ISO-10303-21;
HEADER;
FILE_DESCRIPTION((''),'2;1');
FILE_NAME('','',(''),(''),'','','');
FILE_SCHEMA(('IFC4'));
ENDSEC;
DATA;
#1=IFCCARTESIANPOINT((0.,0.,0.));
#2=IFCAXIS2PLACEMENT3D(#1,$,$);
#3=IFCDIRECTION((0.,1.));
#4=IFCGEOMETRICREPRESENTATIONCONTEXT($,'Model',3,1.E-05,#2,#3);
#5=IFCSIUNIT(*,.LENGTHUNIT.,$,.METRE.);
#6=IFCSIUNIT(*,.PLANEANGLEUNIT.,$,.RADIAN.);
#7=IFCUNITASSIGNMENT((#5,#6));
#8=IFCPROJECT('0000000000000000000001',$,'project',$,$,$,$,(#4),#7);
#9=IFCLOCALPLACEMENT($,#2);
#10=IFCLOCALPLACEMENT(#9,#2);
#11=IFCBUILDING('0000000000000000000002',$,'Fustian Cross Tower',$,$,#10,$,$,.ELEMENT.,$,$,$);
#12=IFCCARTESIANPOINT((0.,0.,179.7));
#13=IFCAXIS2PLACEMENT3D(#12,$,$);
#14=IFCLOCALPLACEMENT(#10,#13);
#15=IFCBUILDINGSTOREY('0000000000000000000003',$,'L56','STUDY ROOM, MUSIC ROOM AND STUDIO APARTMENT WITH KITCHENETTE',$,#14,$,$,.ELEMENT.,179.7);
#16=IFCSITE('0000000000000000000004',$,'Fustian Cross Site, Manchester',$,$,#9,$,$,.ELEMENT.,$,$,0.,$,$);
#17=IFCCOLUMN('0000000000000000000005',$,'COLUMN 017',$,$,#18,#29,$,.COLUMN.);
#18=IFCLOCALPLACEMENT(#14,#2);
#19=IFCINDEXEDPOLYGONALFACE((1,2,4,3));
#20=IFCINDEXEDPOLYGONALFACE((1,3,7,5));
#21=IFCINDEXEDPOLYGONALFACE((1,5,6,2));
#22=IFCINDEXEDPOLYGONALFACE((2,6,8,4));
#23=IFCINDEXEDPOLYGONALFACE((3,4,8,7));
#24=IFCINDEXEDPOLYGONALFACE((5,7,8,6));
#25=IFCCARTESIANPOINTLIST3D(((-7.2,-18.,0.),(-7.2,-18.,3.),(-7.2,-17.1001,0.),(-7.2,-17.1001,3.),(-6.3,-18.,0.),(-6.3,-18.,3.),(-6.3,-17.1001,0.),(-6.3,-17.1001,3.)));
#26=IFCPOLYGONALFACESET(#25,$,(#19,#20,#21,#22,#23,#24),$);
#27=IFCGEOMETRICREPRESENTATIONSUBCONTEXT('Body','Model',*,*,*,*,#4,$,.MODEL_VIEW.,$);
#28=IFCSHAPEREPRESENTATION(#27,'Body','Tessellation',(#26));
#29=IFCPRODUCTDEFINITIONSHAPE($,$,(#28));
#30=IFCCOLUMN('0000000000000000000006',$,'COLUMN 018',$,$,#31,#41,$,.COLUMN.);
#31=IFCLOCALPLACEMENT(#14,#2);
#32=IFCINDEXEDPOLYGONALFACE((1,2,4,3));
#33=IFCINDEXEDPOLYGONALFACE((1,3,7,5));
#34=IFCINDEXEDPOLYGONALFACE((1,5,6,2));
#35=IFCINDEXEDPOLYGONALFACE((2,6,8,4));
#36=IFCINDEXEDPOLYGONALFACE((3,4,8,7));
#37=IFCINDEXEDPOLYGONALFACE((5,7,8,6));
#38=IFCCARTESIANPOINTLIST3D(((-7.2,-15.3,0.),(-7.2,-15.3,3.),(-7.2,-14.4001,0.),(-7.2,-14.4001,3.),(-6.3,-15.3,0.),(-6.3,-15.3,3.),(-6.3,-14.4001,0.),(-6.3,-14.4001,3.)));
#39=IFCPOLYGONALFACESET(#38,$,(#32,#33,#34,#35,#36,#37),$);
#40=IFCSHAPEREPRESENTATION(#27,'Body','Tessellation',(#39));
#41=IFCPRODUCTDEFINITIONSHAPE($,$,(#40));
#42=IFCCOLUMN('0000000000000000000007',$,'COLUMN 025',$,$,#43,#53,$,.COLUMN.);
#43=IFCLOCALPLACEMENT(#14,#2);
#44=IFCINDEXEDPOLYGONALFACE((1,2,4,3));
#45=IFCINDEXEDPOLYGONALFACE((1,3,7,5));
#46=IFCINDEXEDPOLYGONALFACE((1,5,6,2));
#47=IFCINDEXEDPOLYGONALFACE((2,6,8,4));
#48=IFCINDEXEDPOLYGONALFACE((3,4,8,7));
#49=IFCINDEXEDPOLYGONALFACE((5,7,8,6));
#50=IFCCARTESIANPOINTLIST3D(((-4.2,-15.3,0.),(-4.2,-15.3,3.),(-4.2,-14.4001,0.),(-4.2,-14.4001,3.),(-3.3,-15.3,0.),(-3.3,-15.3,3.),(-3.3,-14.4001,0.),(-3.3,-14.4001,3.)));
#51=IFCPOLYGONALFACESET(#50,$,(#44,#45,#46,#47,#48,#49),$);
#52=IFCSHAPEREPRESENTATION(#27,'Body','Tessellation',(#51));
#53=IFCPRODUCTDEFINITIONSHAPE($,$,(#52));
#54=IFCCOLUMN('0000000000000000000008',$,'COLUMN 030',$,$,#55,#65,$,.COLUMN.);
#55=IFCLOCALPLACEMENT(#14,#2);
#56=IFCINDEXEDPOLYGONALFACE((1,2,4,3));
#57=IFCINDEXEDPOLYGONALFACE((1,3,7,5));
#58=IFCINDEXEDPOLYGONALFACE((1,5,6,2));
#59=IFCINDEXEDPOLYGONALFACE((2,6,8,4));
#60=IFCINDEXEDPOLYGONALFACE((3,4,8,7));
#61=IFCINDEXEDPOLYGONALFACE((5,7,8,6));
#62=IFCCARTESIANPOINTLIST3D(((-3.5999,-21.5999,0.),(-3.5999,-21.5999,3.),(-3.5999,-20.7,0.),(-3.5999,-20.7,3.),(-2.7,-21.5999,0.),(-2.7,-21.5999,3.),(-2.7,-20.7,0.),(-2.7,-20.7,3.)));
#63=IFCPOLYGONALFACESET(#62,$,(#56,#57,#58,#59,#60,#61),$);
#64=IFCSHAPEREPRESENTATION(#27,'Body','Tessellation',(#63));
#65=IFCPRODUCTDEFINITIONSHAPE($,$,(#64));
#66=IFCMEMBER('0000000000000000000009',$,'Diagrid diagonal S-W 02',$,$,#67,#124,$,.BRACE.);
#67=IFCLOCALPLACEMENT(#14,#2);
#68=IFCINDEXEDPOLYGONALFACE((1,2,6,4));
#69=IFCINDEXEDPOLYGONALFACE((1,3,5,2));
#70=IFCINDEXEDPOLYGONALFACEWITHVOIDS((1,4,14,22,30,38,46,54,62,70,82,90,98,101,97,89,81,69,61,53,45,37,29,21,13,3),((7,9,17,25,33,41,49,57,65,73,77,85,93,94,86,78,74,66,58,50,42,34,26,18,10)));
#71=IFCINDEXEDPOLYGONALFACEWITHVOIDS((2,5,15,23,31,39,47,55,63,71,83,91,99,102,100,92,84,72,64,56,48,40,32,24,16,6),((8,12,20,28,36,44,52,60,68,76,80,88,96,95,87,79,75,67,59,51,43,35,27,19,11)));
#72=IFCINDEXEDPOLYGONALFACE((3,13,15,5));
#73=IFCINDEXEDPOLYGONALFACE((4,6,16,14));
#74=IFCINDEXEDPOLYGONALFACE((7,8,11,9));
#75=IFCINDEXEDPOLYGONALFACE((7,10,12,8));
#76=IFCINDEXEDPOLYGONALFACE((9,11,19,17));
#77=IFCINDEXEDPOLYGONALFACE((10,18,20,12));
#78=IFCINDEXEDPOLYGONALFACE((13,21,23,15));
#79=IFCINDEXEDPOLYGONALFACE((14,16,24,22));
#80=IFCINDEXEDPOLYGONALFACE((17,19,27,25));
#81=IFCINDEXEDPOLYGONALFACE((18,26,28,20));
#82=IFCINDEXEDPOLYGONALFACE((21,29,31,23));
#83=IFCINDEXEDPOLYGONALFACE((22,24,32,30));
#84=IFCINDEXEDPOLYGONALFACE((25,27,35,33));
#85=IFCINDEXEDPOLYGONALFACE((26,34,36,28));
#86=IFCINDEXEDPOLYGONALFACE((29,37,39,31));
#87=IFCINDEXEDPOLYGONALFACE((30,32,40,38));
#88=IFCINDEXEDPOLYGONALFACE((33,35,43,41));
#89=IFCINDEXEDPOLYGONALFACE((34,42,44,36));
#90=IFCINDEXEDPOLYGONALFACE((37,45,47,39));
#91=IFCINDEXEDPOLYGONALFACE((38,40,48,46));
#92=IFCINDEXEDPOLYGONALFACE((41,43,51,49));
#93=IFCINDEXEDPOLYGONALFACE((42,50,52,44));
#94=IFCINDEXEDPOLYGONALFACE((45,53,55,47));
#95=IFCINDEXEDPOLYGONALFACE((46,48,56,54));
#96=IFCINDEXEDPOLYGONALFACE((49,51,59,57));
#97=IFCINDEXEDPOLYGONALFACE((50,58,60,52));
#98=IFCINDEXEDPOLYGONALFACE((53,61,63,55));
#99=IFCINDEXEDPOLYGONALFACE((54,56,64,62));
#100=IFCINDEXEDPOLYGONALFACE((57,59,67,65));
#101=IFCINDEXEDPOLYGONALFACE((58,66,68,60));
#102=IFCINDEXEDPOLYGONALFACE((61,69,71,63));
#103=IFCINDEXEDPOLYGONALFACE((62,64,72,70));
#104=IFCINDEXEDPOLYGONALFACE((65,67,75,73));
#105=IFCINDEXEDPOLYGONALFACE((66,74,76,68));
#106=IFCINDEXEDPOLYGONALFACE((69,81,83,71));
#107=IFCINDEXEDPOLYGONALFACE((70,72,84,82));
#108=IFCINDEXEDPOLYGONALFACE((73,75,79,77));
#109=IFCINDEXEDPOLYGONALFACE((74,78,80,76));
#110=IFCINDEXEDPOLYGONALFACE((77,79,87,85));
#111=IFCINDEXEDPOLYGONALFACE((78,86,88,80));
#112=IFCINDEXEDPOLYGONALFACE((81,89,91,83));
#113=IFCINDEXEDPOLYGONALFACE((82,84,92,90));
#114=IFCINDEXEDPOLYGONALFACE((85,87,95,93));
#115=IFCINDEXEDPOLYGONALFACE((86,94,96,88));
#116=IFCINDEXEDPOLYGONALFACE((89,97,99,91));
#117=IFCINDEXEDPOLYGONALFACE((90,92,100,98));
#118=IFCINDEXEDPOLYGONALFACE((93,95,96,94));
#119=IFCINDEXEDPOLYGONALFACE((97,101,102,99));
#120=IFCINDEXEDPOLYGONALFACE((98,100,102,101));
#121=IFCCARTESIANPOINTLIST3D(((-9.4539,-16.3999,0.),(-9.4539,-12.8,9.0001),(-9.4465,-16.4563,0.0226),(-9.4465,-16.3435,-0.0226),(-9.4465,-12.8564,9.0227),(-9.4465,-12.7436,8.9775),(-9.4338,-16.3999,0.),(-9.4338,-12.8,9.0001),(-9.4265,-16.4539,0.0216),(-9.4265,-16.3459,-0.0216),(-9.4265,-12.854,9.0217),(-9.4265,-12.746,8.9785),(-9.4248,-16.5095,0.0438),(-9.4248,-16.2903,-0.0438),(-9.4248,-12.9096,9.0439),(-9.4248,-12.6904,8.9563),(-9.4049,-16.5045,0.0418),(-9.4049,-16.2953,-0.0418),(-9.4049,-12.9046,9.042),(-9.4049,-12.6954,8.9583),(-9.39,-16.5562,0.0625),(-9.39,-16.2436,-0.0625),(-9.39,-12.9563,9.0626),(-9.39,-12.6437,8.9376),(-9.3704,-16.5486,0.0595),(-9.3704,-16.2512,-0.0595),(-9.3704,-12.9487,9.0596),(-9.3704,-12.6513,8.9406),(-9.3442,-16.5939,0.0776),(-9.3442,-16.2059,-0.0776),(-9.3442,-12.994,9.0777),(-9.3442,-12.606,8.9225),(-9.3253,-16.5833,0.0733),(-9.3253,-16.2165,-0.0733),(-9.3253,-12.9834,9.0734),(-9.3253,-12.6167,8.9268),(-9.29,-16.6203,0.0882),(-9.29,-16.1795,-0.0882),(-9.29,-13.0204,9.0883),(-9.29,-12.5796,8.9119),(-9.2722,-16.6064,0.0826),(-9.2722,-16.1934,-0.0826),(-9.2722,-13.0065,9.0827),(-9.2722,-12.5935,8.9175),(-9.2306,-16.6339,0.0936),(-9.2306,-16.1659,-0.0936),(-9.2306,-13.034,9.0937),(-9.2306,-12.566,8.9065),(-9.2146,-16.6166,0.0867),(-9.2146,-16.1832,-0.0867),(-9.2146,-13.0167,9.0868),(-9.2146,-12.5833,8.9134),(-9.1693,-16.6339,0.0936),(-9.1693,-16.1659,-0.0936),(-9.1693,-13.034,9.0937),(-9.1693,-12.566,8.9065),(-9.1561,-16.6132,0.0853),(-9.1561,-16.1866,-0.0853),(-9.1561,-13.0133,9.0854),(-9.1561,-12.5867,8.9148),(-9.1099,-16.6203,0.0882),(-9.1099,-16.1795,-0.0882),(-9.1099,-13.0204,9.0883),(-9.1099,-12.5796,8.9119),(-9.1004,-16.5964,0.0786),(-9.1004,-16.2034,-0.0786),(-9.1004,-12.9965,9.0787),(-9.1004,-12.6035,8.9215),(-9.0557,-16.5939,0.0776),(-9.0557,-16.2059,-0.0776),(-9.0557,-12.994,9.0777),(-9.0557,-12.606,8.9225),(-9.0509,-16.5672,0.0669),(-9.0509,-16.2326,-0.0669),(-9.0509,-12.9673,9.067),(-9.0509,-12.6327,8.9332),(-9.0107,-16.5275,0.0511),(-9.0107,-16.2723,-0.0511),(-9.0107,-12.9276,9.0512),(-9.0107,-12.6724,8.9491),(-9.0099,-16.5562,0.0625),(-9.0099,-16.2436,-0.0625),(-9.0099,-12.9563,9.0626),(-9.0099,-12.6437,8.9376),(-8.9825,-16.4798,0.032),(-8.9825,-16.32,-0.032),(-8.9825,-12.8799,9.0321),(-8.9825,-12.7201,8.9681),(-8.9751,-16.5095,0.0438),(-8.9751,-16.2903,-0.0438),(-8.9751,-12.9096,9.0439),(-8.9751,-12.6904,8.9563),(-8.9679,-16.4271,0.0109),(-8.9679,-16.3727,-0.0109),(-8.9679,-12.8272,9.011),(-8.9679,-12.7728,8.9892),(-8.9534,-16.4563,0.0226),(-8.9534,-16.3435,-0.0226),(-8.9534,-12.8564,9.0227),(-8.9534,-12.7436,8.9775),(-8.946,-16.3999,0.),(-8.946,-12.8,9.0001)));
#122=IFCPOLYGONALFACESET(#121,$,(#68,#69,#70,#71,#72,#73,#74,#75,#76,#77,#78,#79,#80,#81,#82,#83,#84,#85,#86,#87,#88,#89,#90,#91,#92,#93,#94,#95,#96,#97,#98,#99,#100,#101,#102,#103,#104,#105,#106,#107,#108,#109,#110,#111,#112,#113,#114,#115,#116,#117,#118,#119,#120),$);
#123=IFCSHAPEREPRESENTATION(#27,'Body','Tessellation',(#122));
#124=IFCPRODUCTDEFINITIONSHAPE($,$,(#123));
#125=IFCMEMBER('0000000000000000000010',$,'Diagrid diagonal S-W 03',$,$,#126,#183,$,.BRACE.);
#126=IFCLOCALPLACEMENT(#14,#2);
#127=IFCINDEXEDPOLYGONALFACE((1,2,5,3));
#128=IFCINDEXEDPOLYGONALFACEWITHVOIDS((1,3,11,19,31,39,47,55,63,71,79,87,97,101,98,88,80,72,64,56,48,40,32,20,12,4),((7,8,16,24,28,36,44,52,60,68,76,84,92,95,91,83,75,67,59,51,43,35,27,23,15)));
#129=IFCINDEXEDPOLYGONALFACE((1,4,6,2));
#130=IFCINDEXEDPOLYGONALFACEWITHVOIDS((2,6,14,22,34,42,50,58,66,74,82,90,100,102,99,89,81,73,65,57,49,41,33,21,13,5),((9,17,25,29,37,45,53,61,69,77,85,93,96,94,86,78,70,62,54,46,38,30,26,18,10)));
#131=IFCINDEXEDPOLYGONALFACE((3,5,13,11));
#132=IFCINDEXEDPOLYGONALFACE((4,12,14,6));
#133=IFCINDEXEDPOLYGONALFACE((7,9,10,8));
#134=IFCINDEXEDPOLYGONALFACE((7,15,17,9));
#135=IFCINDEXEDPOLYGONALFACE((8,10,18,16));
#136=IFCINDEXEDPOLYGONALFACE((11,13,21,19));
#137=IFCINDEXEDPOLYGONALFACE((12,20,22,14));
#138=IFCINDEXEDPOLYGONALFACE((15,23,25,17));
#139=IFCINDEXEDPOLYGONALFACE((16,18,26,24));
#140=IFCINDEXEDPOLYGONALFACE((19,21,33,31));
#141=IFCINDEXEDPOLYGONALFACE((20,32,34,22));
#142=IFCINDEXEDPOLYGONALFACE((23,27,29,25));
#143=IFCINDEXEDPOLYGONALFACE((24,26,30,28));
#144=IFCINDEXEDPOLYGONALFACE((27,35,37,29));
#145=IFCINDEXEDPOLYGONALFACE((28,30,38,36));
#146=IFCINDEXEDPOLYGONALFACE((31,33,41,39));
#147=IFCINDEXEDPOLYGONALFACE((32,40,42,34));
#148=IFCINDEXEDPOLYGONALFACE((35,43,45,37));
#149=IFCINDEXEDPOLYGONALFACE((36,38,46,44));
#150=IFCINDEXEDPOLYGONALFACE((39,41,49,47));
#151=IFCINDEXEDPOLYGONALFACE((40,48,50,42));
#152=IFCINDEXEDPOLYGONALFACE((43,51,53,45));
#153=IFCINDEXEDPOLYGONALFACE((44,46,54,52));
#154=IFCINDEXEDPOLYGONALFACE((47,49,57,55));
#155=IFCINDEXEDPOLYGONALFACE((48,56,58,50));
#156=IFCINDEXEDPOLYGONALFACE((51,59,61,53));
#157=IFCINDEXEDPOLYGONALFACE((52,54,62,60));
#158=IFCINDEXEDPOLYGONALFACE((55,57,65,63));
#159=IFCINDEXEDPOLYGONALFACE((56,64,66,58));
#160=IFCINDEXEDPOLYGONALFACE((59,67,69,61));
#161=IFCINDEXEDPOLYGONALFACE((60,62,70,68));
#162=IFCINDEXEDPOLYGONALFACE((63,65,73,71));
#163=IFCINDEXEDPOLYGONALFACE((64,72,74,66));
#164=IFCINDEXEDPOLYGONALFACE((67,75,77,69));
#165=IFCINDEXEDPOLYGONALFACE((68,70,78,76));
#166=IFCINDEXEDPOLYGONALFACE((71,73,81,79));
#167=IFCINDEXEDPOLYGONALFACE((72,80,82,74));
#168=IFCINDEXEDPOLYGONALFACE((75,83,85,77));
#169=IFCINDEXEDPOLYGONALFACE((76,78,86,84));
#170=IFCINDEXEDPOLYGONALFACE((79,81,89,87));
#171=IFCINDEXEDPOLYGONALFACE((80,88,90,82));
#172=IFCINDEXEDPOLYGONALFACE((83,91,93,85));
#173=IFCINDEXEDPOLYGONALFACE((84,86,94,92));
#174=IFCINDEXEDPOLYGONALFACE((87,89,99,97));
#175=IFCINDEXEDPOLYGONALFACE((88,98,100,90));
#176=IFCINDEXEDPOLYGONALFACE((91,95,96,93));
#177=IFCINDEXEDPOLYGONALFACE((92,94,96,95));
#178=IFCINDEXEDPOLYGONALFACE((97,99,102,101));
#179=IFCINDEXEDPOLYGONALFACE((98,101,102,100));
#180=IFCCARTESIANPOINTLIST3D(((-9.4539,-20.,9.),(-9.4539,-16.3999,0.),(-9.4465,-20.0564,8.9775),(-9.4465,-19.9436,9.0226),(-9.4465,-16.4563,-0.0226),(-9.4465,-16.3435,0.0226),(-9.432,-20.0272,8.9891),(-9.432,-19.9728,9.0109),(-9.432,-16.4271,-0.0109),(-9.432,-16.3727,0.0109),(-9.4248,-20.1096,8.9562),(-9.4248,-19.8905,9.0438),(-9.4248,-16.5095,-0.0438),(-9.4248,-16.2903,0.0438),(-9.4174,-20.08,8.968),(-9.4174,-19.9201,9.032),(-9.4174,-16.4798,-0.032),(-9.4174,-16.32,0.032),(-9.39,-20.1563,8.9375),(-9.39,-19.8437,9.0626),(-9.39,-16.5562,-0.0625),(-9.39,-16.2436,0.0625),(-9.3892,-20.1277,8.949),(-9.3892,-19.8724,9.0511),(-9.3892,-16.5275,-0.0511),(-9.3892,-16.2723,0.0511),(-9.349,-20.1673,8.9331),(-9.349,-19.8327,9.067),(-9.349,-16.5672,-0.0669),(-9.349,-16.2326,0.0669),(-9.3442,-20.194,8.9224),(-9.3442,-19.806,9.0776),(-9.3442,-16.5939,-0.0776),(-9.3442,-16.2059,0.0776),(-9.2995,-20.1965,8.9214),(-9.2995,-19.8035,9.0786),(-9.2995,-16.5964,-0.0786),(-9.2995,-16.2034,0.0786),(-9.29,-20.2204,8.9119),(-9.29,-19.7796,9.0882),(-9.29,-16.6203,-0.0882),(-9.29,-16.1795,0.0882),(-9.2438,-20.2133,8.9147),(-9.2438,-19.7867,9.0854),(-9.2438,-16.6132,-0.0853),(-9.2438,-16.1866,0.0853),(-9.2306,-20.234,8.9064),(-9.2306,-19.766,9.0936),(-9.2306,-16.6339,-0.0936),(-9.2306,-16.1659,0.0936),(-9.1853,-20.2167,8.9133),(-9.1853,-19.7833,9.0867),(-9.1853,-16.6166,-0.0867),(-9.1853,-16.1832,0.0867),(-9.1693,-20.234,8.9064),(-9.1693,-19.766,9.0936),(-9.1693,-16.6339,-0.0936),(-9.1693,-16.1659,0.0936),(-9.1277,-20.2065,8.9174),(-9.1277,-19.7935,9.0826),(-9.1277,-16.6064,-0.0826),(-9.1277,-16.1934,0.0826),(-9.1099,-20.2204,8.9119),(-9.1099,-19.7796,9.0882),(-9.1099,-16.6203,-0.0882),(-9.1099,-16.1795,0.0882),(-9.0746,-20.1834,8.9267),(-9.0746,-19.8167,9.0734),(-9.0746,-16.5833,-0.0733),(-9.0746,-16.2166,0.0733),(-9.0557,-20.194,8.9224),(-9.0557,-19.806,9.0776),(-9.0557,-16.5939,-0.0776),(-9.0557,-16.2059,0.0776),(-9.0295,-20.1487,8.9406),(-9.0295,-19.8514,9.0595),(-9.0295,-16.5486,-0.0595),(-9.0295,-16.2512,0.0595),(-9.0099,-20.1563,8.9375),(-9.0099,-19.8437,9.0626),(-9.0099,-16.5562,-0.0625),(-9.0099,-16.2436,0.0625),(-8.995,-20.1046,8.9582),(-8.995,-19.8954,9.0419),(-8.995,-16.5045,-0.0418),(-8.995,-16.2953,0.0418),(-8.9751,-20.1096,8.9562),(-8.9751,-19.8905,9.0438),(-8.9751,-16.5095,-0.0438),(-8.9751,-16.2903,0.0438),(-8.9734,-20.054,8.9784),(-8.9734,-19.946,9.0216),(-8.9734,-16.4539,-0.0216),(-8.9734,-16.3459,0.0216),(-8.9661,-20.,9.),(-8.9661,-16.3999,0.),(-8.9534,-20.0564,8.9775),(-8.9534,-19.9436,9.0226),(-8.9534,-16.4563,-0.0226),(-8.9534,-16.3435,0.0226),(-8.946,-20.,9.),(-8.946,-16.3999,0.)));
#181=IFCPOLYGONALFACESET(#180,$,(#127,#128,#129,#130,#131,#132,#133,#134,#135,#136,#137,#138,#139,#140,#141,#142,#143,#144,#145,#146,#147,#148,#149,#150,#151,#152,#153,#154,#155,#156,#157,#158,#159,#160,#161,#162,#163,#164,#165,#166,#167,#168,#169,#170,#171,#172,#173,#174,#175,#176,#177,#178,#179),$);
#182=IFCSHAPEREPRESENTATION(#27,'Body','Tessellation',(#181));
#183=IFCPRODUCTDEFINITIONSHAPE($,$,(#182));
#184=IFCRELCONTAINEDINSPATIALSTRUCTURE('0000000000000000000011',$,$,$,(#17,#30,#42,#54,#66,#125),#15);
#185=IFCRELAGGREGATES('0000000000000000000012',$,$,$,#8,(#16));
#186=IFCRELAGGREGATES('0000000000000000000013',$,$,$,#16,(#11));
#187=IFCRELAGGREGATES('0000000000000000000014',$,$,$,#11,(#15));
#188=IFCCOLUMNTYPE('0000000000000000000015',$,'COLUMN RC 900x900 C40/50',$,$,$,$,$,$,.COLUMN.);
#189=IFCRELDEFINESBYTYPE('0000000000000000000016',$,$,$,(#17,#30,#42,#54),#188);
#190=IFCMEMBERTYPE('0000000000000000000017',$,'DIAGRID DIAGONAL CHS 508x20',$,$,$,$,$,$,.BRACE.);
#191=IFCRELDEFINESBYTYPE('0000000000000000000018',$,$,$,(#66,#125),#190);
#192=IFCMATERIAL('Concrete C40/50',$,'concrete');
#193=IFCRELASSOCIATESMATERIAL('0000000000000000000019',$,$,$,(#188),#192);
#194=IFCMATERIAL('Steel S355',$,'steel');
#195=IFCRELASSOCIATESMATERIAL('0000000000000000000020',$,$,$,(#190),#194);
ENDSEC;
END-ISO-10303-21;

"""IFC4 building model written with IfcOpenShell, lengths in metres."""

from ifc_helpers import new_model, si_unit, direction, frame, origin, origin_2d, place, context, subcontext, project, spatial, rectangle, hollow_circle, extrude, material, material_profile, profile_set, type_object, element, save


model = new_model("IFC4")

# Units and contexts
model_context = context("Model", 3, precision=1e-05, world=origin(), true_north=direction((0.0, 1.0)))
body_context = subcontext(model_context, "Body", "Model", "MODEL_VIEW")
ifc_project = project(units=[si_unit("LENGTHUNIT", "METRE"), si_unit("PLANEANGLEUNIT", "RADIAN")], contexts=[model_context])

# Site, building, storey
site_placement = place(None, origin())
site = spatial("IfcSite", under=ifc_project, at=site_placement, Name="Fustian Cross Site, Manchester", CompositionType="ELEMENT", RefElevation=0.0)
building_placement = place(site_placement, origin())
building = spatial("IfcBuilding", under=site, at=building_placement, Name="Fustian Cross Tower", CompositionType="ELEMENT")
storey_placement = place(building_placement, frame((0.0, 0.0, 179.7)))
storey = spatial("IfcBuildingStorey", under=building, at=storey_placement, Name="L56", Description="STUDY ROOM, MUSIC ROOM AND STUDIO APARTMENT WITH KITCHENETTE", CompositionType="ELEMENT", Elevation=179.7)

# Columns
ifc_material_1 = material(Name="Concrete C40/50", Category="concrete")
ifc_material_profile_1 = material_profile(ifc_material_1, rectangle(XDim=0.8999, YDim=0.8999, at=origin_2d()), Name="RC 900x900")
ifc_profile_set_1 = profile_set([ifc_material_profile_1], Name="Concrete C40/50")
column_type = type_object("IfcColumnType", Name="COLUMN RC 900x900 C40/50", PredefinedType="COLUMN", material=ifc_profile_set_1)
for number, where, z_axis, x_axis, name in (
    (1, (-6.75, -17.55, 0.0), (0.0, 0.0, 1.0), (1.0, 0.0, 0.0), "COLUMN 017"),
    (2, (-6.75, -14.8501, 0.0), (0.0, 0.0, 1.0), (1.0, 0.0, 0.0), "COLUMN 018"),
    (3, (-3.75, -14.8501, 0.0), (0.0, 0.0, 1.0), (1.0, 0.0, 0.0), "COLUMN 025"),
    (4, (-3.1499, -21.1499, 0.0), (0.0, 0.0, 1.0), (1.0, 0.0, 0.0), "COLUMN 030"),
):
    element("IfcColumn", number, at=place(storey_placement, frame(where, z_axis=z_axis, x_axis=x_axis)), inside=storey, type_object=column_type, Name=name, PredefinedType="COLUMN", context=body_context, shape_type="SweptSolid", body=[
        extrude(rectangle(XDim=0.8999, YDim=0.8999, at=origin_2d()), origin(), (0.0, 0.0, 1.0), 3.0),
    ])

# Members
ifc_material_2 = material(Name="Steel S355", Category="steel")
ifc_material_profile_2 = material_profile(ifc_material_2, hollow_circle(Radius=0.2539, WallThickness=0.02, at=origin_2d()), Name="CHS 508x20")
ifc_profile_set_2 = profile_set([ifc_material_profile_2], Name="Steel S355")
member_type_1 = type_object("IfcMemberType", Name="DIAGRID DIAGONAL CHS 508x20", PredefinedType="BRACE", material=ifc_profile_set_2)
for number, where, z_axis, x_axis, name in (
    (5, (-9.2, -16.3999, 0.0), (0.0, 0.371378, 0.928482), (-1.0, 0.0, 0.0), "Diagrid diagonal S-W 02"),
    (6, (-9.2, -16.3999, 0.0), (0.0, -0.371399, 0.928473), (1.0, 0.0, 0.0), "Diagrid diagonal S-W 03"),
):
    element("IfcMember", number, at=place(storey_placement, frame(where, z_axis=z_axis, x_axis=x_axis)), inside=storey, type_object=member_type_1, Name=name, PredefinedType="BRACE", context=body_context, shape_type="SweptSolid", body=[
        extrude(hollow_circle(Radius=0.2539, WallThickness=0.02, at=origin_2d()), origin(), (0.0, 0.0, 1.0), 9.6934),
    ])

save(model, "model.ifc")
